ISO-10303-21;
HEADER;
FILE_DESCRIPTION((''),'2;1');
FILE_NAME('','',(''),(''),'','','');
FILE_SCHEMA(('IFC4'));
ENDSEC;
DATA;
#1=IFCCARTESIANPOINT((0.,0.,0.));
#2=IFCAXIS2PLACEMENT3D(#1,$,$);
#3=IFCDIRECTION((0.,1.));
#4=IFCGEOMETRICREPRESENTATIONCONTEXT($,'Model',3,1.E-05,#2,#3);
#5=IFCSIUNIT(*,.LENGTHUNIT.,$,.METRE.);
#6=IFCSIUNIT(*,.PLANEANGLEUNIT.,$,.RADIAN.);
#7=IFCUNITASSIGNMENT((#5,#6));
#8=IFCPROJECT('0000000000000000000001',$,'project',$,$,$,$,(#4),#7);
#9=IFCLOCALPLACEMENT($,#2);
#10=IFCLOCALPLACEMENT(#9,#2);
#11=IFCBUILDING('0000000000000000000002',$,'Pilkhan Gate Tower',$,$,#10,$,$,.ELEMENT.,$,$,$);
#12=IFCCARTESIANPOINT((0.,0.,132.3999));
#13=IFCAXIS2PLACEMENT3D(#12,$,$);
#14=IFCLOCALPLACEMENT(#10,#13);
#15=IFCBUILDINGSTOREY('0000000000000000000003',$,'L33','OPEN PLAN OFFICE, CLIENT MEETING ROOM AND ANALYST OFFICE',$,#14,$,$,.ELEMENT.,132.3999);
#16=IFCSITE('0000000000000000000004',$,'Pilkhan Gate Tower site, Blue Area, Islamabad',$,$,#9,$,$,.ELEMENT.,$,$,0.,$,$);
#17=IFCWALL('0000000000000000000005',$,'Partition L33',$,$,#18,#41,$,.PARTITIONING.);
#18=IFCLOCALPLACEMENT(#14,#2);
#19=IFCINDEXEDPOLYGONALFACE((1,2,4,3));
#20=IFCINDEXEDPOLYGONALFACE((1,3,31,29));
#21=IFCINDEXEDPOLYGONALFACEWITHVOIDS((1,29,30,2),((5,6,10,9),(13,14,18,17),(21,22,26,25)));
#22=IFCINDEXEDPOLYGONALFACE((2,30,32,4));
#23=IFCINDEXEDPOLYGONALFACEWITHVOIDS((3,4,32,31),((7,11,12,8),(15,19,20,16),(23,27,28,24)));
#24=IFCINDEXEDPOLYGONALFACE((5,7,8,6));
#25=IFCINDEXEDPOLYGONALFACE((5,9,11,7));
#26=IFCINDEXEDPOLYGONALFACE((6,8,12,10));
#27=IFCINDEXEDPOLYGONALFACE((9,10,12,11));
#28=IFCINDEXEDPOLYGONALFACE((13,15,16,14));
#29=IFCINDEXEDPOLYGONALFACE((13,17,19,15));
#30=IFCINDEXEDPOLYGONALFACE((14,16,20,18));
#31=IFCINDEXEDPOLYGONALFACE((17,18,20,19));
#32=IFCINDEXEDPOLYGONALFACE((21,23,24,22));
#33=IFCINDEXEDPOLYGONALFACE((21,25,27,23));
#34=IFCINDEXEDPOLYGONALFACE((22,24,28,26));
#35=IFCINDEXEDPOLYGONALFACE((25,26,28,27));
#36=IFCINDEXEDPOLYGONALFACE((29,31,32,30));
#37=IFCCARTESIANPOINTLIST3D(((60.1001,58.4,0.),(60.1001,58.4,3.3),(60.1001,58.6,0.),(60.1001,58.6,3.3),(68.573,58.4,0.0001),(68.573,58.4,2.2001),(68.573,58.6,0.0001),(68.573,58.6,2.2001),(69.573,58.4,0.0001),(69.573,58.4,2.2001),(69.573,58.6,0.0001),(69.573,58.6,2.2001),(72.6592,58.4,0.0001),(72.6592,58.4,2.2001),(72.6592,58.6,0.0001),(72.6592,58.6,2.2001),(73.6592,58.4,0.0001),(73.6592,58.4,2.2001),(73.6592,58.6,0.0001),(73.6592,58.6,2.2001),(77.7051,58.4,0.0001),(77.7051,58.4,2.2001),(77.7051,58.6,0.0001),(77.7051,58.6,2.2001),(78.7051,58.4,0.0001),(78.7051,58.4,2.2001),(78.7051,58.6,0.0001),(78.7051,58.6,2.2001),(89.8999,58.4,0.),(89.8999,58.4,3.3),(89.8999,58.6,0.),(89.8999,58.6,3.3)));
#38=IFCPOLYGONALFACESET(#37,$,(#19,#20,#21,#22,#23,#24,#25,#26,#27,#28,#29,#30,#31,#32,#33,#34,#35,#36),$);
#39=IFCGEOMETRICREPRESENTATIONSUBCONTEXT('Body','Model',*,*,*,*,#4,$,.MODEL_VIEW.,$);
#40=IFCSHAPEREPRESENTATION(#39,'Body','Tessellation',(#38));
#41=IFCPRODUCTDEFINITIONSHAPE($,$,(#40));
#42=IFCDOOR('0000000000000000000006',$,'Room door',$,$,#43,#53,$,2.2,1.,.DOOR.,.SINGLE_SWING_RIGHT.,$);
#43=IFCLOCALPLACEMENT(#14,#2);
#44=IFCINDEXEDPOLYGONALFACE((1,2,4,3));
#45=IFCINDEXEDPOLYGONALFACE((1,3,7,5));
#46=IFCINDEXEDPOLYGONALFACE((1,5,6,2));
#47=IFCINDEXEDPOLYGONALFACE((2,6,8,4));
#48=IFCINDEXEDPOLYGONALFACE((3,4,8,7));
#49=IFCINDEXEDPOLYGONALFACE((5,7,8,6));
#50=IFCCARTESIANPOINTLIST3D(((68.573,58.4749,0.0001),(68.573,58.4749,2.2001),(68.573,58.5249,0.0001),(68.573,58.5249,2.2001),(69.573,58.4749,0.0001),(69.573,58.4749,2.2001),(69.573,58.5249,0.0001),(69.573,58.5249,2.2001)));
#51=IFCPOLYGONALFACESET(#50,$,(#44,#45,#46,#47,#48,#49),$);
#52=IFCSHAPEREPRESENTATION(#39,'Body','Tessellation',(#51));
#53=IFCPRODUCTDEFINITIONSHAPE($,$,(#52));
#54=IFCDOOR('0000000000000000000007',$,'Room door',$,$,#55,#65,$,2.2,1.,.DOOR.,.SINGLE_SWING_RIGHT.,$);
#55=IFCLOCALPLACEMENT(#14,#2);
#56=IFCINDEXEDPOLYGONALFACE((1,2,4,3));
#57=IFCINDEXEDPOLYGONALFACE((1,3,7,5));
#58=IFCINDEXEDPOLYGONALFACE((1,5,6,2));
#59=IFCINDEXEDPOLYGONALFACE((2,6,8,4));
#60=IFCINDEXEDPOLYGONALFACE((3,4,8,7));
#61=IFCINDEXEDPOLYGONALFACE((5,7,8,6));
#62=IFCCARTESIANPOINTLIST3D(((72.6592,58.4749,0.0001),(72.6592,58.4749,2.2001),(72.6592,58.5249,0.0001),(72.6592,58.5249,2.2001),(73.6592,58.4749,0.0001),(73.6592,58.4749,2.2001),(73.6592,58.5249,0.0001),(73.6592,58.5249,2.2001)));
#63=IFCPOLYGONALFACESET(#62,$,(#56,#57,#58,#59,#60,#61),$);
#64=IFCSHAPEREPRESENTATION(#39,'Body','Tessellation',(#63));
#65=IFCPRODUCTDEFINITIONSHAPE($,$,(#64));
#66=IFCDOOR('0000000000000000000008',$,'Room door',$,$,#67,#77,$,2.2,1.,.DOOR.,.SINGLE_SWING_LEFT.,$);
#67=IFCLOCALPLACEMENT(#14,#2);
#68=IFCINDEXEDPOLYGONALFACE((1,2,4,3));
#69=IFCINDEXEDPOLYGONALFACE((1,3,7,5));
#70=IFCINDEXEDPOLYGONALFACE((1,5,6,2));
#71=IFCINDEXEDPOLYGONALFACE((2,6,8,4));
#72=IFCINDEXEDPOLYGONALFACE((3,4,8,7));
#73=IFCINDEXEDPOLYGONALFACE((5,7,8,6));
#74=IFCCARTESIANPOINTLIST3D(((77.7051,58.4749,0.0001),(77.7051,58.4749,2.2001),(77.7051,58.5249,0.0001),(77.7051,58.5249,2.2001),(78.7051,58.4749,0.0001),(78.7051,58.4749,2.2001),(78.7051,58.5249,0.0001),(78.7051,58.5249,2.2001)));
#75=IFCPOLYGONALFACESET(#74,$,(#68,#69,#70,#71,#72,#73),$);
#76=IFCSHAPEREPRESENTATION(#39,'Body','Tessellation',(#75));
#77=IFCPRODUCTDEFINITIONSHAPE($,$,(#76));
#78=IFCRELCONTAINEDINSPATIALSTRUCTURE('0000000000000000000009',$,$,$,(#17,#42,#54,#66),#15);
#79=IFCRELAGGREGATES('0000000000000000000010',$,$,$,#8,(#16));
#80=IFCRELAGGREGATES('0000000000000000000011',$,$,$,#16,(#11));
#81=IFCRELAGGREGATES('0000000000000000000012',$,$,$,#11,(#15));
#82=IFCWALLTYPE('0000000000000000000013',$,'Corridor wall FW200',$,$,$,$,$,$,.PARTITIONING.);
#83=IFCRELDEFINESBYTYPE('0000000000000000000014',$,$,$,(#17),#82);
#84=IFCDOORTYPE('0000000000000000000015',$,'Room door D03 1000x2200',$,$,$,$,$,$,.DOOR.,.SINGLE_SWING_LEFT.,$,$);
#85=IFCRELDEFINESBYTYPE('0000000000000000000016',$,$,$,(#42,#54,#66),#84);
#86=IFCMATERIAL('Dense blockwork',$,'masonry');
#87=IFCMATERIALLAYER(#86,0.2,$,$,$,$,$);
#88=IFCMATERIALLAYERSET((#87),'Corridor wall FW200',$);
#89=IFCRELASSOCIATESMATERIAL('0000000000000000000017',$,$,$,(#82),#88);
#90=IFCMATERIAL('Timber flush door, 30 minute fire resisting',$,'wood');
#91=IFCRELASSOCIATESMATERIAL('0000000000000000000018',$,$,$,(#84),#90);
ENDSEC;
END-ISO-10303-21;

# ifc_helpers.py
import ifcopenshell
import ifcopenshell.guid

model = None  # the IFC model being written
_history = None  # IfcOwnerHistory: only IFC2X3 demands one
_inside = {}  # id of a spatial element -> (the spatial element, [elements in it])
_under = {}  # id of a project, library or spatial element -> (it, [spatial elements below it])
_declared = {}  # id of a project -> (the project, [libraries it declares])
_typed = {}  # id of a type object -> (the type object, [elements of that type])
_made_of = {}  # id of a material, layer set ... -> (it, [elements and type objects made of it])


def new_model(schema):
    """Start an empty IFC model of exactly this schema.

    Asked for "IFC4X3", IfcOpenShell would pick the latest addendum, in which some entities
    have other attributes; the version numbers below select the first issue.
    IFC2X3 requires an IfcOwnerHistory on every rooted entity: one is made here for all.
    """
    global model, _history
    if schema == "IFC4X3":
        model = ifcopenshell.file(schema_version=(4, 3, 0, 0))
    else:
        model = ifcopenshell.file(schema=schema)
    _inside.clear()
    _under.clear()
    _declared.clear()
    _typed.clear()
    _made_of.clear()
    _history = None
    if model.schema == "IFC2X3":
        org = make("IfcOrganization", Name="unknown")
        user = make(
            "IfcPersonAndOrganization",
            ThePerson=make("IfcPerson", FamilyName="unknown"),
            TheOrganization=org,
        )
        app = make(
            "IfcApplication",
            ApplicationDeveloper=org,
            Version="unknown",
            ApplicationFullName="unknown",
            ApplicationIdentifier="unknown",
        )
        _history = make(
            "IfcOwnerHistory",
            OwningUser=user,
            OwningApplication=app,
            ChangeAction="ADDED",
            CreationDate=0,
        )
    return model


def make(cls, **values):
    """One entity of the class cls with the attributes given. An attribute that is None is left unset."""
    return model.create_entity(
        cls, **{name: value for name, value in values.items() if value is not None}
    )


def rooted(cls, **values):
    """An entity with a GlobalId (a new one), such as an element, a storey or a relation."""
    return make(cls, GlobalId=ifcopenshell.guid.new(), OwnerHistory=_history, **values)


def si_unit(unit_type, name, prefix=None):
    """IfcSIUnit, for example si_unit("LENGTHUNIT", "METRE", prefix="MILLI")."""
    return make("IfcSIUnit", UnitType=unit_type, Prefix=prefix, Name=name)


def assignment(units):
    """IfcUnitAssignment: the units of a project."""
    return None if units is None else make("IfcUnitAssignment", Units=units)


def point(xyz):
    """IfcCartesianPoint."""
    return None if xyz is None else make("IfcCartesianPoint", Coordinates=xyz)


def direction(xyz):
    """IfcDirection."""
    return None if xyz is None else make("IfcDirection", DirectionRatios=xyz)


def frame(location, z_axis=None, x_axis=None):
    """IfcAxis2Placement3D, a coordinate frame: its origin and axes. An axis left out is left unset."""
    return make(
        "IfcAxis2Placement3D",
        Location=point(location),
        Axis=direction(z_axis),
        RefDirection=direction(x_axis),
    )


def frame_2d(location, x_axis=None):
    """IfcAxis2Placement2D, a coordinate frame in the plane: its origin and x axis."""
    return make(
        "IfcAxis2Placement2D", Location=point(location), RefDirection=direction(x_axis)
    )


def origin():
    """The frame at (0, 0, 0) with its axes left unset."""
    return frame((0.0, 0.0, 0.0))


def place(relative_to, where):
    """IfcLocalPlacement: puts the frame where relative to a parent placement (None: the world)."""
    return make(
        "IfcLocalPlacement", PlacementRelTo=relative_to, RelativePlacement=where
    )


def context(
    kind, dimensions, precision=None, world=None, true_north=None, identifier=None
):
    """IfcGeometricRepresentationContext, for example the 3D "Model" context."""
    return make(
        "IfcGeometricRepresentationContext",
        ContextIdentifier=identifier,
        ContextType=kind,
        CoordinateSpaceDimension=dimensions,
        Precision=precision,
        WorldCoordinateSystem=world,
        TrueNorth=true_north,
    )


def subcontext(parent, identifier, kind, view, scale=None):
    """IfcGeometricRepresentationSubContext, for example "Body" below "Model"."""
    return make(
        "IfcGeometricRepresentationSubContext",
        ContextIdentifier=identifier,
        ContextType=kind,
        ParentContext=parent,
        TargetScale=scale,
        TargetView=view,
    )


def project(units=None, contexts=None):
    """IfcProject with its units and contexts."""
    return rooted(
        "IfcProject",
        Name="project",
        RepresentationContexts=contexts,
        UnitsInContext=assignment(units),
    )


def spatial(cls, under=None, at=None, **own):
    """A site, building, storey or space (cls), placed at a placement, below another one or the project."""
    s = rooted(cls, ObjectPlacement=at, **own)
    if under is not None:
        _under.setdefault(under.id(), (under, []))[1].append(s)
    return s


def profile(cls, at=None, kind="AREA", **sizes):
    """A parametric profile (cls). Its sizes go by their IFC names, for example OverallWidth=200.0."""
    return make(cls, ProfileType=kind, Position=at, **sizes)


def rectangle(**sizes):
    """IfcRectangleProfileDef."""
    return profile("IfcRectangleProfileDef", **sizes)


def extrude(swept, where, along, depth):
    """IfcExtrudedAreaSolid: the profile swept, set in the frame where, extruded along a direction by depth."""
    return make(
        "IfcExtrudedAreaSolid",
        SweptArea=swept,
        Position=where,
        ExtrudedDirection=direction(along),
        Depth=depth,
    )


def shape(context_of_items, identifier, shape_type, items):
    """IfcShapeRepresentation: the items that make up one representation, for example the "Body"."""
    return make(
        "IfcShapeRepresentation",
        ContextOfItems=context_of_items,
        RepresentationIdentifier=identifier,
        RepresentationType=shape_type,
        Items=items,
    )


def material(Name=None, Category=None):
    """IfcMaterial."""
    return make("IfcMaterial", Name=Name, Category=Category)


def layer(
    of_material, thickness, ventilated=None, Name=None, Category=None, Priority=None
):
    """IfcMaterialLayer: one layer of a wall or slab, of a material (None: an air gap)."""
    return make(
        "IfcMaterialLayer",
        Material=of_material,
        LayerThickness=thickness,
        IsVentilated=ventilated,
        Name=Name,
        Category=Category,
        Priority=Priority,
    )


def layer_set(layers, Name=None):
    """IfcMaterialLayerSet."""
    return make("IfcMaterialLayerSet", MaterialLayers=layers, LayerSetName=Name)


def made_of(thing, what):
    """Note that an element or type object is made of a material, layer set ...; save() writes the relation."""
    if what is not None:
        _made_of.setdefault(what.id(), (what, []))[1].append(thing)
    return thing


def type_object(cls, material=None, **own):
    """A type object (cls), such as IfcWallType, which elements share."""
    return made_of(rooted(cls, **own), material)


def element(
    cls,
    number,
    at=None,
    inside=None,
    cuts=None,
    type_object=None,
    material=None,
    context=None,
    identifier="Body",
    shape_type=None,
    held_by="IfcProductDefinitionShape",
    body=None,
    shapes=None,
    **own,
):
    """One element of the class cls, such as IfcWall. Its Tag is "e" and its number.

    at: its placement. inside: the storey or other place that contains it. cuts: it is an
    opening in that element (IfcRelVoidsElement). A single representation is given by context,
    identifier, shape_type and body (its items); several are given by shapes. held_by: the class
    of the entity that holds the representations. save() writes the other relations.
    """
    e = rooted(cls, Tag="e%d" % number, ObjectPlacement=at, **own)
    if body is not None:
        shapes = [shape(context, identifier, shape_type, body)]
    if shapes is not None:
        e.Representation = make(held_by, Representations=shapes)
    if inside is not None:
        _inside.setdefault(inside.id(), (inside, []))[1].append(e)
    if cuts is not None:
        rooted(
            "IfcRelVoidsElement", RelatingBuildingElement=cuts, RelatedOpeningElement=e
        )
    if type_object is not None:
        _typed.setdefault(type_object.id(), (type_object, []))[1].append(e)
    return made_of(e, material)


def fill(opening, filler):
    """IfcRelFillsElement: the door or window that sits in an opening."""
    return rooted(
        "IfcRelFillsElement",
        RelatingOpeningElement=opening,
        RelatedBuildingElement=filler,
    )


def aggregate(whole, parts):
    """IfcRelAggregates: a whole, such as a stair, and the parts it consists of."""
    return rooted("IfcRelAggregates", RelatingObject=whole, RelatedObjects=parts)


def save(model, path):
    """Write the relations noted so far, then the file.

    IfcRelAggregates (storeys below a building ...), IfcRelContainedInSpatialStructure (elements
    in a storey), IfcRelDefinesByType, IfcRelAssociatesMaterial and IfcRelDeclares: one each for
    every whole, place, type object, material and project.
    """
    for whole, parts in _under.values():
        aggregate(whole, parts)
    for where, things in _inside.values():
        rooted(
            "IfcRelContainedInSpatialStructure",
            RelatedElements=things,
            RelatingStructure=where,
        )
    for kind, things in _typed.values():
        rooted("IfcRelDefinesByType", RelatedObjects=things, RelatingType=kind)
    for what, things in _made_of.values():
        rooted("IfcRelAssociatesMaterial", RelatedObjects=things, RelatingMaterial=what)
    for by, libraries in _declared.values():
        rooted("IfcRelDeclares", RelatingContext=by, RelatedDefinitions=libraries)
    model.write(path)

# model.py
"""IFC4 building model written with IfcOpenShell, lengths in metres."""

from ifc_helpers import new_model, si_unit, direction, frame, frame_2d, origin, place, context, subcontext, project, spatial, rectangle, extrude, material, layer, layer_set, type_object, element, fill, save


model = new_model("IFC4")

# Units and contexts
model_context = context("Model", 3, precision=1e-05, world=origin(), true_north=direction((0.0, 1.0)))
body_context = subcontext(model_context, "Body", "Model", "MODEL_VIEW")
ifc_project = project(units=[si_unit("LENGTHUNIT", "METRE"), si_unit("PLANEANGLEUNIT", "RADIAN")], contexts=[model_context])

# Site, building, storey
site_placement = place(None, origin())
site = spatial("IfcSite", under=ifc_project, at=site_placement, Name="Pilkhan Gate Tower site, Blue Area, Islamabad", CompositionType="ELEMENT", RefElevation=0.0)
building_placement = place(site_placement, origin())
building = spatial("IfcBuilding", under=site, at=building_placement, Name="Pilkhan Gate Tower", CompositionType="ELEMENT")
storey_placement = place(building_placement, frame((0.0, 0.0, 132.3999)))
storey = spatial("IfcBuildingStorey", under=building, at=storey_placement, Name="L33", Description="OPEN PLAN OFFICE, CLIENT MEETING ROOM AND ANALYST OFFICE", CompositionType="ELEMENT", Elevation=132.3999)

# Wall, openings, doors
ifc_material_1 = material(Name="Dense blockwork", Category="masonry")
ifc_layer_1 = layer(ifc_material_1, 0.2)
ifc_layer_set_1 = layer_set([ifc_layer_1], Name="Corridor wall FW200")
wall_type_1 = type_object("IfcWallType", Name="Corridor wall FW200", PredefinedType="PARTITIONING", material=ifc_layer_set_1)
wall_1_placement = place(storey_placement, frame((60.1001, 58.5, 0.0), z_axis=(0.0, 0.0, 1.0), x_axis=(1.0, 0.0, 0.0)))
wall_1 = element("IfcWall", 1, at=wall_1_placement, inside=storey, type_object=wall_type_1, Name="Partition L33", PredefinedType="PARTITIONING", context=body_context, shape_type="SweptSolid", body=[
    extrude(rectangle(XDim=29.7998, YDim=0.2, at=frame_2d((14.8999, 0.0))), origin(), (0.0, 0.0, 1.0), 3.3),
])
opening_1_placement = place(wall_1_placement, frame((8.4729, 0.0, 0.0)))
opening_1 = element("IfcOpeningElement", 2, at=opening_1_placement, cuts=wall_1, PredefinedType="OPENING", context=body_context, shape_type="SweptSolid", body=[
    extrude(rectangle(XDim=1.0, YDim=2.2, at=frame_2d((0.5, 1.1001))), frame((0.0, 0.1099, 0.0), z_axis=(0.0, -1.0, 0.0), x_axis=(1.0, 0.0, 0.0)), (0.0, 0.0, 1.0), 0.22),
])
opening_2_placement = place(wall_1_placement, frame((12.5591, 0.0, 0.0)))
opening_2 = element("IfcOpeningElement", 3, at=opening_2_placement, cuts=wall_1, PredefinedType="OPENING", context=body_context, shape_type="SweptSolid", body=[
    extrude(rectangle(XDim=1.0, YDim=2.2, at=frame_2d((0.5, 1.1001))), frame((0.0, 0.1099, 0.0), z_axis=(0.0, -1.0, 0.0), x_axis=(1.0, 0.0, 0.0)), (0.0, 0.0, 1.0), 0.22),
])
opening_3_placement = place(wall_1_placement, frame((17.605, 0.0, 0.0)))
opening_3 = element("IfcOpeningElement", 4, at=opening_3_placement, cuts=wall_1, PredefinedType="OPENING", context=body_context, shape_type="SweptSolid", body=[
    extrude(rectangle(XDim=1.0, YDim=2.2, at=frame_2d((0.5, 1.1001))), frame((0.0, 0.1099, 0.0), z_axis=(0.0, -1.0, 0.0), x_axis=(1.0, 0.0, 0.0)), (0.0, 0.0, 1.0), 0.22),
])
ifc_material_2 = material(Name="Timber flush door, 30 minute fire resisting", Category="wood")
door_type_1 = type_object("IfcDoorType", Name="Room door D03 1000x2200", OperationType="SINGLE_SWING_LEFT", PredefinedType="DOOR", material=ifc_material_2)
door_1_placement = place(opening_1_placement, origin())
door_1 = element("IfcDoor", 5, at=door_1_placement, inside=storey, type_object=door_type_1, Name="Room door", OperationType="SINGLE_SWING_RIGHT", OverallHeight=2.2, OverallWidth=1.0, PredefinedType="DOOR", context=body_context, shape_type="SweptSolid", body=[
    extrude(rectangle(XDim=1.0, YDim=2.2, at=frame_2d((0.5, 1.1001))), frame((0.0, 0.0249, 0.0), z_axis=(0.0, -1.0, 0.0), x_axis=(1.0, 0.0, 0.0)), (0.0, 0.0, 1.0), 0.05),
])
fill(opening_1, door_1)
door_2_placement = place(opening_2_placement, origin())
door_2 = element("IfcDoor", 6, at=door_2_placement, inside=storey, type_object=door_type_1, Name="Room door", OperationType="SINGLE_SWING_RIGHT", OverallHeight=2.2, OverallWidth=1.0, PredefinedType="DOOR", context=body_context, shape_type="SweptSolid", body=[
    extrude(rectangle(XDim=1.0, YDim=2.2, at=frame_2d((0.5, 1.1001))), frame((0.0, 0.0249, 0.0), z_axis=(0.0, -1.0, 0.0), x_axis=(1.0, 0.0, 0.0)), (0.0, 0.0, 1.0), 0.05),
])
fill(opening_2, door_2)
door_3_placement = place(opening_3_placement, origin())
door_3 = element("IfcDoor", 7, at=door_3_placement, inside=storey, type_object=door_type_1, Name="Room door", OperationType="SINGLE_SWING_LEFT", OverallHeight=2.2, OverallWidth=1.0, PredefinedType="DOOR", context=body_context, shape_type="SweptSolid", body=[
    extrude(rectangle(XDim=1.0, YDim=2.2, at=frame_2d((0.5, 1.1001))), frame((0.0, 0.0249, 0.0), z_axis=(0.0, -1.0, 0.0), x_axis=(1.0, 0.0, 0.0)), (0.0, 0.0, 1.0), 0.05),
])
fill(opening_3, door_3)

save(model, "model.ifc")
